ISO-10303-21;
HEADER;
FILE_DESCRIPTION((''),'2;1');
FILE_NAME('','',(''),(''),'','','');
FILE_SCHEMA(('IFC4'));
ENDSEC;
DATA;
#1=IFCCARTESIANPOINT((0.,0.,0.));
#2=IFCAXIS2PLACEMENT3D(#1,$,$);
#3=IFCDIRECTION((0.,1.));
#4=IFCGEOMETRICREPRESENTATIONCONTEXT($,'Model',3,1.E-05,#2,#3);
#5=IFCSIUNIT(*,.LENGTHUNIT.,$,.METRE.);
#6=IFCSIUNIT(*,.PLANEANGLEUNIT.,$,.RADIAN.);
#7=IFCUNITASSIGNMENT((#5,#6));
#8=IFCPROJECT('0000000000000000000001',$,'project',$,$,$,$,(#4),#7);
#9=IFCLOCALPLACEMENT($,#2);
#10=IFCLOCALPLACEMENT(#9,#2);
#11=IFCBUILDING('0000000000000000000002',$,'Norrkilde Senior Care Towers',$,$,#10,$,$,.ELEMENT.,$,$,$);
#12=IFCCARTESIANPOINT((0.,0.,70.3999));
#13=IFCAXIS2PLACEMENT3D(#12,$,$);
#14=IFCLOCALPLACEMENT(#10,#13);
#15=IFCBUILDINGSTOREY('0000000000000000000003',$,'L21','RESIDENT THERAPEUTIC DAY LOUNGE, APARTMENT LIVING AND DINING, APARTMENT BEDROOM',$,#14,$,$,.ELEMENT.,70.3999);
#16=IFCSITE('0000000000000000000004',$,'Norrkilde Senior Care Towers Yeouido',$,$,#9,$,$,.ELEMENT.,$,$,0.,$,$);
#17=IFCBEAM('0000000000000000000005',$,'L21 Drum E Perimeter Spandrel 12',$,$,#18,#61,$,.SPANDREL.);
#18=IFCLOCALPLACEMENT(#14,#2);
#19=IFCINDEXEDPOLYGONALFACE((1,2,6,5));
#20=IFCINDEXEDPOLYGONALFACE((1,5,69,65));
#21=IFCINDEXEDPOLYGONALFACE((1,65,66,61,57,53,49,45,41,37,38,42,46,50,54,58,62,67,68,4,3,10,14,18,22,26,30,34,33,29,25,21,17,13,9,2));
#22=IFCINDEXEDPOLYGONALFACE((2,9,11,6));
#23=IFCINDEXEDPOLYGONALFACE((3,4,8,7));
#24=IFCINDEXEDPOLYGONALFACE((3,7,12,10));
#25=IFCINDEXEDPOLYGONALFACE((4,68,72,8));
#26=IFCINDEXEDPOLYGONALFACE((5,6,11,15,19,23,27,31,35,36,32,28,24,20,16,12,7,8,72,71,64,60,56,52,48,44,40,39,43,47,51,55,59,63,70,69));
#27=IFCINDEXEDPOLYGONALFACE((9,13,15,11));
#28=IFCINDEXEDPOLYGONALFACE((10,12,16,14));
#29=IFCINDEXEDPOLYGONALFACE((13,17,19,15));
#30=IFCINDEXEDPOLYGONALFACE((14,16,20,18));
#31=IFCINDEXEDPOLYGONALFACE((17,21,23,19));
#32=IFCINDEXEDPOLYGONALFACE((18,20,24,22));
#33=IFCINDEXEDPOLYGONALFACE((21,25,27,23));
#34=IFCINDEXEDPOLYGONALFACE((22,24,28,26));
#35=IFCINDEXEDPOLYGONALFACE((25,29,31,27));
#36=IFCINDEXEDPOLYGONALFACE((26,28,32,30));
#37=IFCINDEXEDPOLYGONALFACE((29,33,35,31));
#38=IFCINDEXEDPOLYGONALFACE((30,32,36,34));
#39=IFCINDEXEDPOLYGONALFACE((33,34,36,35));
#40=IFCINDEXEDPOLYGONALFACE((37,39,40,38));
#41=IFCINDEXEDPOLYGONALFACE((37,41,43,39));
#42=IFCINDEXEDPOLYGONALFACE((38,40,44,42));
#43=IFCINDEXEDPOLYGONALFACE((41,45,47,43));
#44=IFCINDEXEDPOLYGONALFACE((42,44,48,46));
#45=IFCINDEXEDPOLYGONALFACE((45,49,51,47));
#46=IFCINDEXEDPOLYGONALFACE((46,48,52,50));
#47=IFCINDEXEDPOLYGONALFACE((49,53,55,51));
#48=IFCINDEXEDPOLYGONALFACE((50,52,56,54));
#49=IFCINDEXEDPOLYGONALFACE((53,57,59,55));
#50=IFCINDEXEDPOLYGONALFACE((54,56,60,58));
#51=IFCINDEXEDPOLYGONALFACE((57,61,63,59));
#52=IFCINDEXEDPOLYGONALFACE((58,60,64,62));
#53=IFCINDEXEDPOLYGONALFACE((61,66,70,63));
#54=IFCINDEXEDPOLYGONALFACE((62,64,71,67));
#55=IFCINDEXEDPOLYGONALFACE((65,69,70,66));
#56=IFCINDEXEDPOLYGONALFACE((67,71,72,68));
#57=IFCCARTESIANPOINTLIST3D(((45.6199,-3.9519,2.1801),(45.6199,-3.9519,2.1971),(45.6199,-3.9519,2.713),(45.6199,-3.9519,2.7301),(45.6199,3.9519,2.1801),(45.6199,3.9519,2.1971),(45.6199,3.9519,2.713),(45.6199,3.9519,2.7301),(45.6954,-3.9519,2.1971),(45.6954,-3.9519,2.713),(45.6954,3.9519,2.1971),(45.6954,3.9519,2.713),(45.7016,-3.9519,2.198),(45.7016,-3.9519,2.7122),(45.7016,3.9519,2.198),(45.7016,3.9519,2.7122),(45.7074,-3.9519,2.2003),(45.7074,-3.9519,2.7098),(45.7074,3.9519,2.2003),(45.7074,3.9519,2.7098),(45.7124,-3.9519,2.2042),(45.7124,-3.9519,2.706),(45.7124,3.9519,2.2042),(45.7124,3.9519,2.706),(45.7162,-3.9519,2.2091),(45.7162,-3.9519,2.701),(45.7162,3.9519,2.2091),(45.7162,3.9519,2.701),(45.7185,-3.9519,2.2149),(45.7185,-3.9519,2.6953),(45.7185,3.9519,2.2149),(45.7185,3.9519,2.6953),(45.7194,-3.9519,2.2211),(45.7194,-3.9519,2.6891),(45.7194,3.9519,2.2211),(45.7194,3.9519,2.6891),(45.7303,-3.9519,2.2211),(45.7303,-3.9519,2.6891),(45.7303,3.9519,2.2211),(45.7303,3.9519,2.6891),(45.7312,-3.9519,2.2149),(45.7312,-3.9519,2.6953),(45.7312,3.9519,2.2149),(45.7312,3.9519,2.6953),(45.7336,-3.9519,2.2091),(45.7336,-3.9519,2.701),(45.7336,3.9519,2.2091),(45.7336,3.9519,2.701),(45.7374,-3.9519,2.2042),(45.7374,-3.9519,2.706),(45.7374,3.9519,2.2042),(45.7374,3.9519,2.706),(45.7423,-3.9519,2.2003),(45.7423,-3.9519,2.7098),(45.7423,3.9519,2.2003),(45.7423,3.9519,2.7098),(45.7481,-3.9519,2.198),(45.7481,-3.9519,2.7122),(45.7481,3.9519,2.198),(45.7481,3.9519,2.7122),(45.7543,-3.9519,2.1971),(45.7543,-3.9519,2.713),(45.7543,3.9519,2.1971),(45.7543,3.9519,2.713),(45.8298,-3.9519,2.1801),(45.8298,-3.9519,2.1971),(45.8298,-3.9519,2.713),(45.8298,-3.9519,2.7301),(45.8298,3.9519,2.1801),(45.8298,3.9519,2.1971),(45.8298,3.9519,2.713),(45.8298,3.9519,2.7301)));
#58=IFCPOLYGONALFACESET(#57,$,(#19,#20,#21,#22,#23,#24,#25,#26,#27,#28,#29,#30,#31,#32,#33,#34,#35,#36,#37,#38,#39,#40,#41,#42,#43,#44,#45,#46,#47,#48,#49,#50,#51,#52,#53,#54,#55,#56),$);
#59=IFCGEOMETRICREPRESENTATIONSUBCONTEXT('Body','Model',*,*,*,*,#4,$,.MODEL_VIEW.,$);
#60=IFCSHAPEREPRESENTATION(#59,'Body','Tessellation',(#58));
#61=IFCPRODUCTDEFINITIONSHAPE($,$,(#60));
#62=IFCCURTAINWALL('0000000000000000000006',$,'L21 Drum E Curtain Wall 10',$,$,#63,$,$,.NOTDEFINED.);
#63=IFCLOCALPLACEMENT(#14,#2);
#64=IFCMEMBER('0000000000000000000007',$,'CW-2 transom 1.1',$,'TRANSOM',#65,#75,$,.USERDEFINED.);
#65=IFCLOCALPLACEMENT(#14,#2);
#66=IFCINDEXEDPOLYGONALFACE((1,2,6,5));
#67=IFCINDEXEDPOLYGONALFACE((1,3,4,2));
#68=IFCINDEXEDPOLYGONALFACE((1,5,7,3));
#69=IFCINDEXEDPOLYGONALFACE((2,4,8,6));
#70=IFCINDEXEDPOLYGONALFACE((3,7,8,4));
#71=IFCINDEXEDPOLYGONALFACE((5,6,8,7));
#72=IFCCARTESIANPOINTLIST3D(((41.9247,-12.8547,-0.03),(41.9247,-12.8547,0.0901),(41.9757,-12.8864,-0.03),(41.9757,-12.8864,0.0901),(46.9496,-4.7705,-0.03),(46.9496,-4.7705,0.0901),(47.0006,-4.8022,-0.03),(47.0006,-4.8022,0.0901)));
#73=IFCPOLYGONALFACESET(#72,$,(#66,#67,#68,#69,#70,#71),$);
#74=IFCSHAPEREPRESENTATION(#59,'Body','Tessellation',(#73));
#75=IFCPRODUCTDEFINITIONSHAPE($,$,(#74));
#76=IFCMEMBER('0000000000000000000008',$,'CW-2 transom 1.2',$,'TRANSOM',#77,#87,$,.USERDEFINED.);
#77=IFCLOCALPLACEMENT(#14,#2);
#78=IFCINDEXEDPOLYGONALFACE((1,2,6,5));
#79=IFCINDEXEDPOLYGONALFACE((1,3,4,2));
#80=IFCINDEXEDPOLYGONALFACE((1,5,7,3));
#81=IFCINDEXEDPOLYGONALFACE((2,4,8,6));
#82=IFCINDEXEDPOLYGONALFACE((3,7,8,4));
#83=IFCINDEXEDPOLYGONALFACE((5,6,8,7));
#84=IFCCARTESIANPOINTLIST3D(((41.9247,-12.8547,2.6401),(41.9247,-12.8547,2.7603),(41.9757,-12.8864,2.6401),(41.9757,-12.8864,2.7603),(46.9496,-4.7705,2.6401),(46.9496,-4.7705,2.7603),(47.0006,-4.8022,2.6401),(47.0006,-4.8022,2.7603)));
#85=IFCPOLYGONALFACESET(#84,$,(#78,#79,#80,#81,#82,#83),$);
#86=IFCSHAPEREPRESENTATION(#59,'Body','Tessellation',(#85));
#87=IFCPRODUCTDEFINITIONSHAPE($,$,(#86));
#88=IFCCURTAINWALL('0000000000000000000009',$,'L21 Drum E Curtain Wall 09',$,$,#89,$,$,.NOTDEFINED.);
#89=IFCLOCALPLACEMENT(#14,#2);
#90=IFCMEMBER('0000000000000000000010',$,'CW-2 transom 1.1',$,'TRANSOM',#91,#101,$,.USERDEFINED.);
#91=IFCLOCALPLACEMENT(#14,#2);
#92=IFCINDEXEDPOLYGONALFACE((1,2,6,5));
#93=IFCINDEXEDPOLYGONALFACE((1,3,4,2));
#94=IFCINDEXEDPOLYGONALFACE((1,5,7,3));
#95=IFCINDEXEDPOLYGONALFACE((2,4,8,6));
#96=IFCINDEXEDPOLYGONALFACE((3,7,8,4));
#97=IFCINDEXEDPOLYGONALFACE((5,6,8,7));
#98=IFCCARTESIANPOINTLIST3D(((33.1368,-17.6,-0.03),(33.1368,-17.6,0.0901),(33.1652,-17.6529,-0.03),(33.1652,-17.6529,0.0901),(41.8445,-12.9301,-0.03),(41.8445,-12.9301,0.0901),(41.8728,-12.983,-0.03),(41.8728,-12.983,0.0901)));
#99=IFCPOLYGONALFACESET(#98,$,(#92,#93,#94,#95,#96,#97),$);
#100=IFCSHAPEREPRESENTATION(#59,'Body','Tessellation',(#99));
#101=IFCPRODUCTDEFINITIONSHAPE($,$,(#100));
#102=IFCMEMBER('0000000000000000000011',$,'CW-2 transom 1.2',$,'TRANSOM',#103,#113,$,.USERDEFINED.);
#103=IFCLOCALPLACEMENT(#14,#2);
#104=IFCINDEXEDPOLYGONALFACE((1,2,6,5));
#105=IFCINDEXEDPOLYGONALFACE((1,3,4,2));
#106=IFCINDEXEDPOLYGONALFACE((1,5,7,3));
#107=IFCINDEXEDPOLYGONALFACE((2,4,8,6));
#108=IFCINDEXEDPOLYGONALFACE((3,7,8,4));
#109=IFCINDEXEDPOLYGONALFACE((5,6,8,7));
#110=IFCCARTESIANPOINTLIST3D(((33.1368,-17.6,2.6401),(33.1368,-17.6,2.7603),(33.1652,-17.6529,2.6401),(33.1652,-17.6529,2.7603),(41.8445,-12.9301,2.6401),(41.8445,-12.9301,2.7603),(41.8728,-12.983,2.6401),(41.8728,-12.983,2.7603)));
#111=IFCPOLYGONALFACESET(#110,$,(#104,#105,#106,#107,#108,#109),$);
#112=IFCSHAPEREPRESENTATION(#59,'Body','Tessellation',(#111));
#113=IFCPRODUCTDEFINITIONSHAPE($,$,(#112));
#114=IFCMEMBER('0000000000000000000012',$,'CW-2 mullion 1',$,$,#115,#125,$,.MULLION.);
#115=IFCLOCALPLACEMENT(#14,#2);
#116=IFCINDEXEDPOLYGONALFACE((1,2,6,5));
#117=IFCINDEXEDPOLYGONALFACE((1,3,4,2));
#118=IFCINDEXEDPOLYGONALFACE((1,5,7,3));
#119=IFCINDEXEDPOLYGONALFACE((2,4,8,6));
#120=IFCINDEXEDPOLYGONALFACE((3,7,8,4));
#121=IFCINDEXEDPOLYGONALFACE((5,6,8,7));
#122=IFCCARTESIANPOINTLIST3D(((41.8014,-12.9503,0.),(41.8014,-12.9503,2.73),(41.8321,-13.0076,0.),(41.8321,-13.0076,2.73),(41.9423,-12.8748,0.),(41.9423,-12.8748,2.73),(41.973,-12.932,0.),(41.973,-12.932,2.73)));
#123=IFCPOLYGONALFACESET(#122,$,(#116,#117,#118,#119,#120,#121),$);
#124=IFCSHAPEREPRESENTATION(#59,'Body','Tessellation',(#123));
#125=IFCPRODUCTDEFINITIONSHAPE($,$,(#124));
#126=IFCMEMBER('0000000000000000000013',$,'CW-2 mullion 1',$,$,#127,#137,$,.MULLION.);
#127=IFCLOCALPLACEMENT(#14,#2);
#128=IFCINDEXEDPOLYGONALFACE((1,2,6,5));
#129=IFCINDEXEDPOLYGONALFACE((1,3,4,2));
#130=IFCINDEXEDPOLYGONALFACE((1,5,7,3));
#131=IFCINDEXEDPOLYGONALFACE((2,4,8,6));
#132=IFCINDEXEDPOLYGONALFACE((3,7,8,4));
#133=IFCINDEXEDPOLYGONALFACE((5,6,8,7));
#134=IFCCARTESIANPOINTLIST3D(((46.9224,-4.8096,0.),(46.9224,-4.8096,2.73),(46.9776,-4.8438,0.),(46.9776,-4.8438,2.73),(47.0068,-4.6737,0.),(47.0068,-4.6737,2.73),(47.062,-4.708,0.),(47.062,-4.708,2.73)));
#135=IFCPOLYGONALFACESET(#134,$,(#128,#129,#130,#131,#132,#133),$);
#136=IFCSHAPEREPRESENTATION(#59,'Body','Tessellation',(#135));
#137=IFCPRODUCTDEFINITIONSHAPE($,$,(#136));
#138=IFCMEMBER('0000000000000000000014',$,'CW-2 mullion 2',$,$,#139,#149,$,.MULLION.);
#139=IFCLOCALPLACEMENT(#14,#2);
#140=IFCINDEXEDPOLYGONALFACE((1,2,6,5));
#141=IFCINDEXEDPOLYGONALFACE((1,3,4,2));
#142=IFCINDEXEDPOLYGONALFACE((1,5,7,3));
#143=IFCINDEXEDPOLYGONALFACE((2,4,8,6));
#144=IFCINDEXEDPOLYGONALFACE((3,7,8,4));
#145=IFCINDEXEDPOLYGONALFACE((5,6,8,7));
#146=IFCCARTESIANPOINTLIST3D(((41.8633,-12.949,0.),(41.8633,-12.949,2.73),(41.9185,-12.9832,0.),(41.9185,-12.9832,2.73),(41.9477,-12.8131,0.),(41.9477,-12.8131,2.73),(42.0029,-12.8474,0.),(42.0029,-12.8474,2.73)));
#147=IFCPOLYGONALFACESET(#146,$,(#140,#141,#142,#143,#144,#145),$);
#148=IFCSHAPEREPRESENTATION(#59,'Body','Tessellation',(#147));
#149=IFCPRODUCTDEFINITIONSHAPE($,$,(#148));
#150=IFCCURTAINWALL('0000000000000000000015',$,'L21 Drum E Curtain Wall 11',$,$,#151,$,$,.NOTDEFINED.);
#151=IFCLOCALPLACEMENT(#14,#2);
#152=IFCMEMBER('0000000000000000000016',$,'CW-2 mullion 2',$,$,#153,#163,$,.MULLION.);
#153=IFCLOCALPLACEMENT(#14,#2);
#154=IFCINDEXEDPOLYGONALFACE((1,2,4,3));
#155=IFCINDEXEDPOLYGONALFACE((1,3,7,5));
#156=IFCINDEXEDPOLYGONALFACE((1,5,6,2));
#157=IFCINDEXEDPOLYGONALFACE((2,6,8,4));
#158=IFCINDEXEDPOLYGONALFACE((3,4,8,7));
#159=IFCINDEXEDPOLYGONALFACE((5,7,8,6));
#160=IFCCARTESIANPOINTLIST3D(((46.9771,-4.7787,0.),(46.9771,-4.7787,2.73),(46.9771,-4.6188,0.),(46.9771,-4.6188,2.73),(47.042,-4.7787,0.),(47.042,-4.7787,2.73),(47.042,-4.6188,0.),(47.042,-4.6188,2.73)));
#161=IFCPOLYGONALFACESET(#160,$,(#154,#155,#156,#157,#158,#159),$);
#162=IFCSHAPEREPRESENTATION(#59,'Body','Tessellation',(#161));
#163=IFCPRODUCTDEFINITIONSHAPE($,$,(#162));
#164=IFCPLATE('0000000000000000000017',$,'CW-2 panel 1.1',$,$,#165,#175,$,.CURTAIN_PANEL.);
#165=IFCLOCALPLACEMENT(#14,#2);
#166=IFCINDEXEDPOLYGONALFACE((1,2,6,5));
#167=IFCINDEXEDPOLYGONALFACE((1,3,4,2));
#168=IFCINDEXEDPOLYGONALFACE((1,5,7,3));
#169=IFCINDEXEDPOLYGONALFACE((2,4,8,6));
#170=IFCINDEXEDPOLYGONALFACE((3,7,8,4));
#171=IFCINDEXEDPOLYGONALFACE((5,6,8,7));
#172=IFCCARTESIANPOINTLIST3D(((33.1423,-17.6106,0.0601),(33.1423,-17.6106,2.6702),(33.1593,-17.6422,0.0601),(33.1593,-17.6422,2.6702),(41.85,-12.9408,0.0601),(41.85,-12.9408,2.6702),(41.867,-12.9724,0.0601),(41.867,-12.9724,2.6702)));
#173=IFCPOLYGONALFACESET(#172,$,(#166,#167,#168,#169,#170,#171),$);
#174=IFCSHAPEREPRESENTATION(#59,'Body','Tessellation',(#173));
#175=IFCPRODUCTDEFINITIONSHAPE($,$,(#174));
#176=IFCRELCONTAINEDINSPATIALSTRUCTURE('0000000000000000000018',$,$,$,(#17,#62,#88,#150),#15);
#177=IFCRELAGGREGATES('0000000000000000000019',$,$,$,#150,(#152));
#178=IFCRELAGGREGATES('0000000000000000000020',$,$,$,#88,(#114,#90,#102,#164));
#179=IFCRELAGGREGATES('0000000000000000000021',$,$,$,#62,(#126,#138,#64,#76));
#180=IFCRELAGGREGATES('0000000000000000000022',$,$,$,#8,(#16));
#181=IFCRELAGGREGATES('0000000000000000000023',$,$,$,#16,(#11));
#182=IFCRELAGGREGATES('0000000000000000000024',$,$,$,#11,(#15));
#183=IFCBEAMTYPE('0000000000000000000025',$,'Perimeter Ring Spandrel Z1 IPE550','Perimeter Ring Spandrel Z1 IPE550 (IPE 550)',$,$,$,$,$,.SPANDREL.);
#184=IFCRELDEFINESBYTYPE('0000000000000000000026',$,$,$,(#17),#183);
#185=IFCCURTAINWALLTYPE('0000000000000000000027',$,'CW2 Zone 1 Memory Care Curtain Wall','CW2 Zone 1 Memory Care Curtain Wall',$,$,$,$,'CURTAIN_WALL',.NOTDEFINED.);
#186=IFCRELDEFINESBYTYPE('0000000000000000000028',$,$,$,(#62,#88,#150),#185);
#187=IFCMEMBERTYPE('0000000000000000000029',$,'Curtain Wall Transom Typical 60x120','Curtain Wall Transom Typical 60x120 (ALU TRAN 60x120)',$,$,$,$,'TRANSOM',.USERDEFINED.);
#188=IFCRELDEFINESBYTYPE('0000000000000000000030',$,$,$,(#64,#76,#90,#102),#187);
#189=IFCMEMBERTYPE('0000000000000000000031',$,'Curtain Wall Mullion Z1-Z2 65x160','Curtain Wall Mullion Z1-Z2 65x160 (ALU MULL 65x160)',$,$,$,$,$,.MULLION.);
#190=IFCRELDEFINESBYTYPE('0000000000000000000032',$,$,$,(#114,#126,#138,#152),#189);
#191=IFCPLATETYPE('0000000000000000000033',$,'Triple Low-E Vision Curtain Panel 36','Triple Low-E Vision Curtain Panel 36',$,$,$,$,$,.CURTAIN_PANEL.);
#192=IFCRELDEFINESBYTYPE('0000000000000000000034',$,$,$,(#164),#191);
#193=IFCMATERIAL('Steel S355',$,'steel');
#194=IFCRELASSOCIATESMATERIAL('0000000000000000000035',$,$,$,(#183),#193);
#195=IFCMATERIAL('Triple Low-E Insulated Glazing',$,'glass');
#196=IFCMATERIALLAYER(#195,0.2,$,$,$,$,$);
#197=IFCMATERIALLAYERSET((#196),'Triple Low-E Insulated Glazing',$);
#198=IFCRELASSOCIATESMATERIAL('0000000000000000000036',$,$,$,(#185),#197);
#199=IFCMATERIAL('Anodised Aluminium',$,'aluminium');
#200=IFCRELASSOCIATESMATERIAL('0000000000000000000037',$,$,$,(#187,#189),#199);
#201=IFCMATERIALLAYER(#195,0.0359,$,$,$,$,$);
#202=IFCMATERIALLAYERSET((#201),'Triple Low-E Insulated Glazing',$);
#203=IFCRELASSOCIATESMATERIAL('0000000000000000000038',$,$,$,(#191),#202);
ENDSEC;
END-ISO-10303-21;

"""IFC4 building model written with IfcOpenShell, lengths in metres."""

from ifc_helpers import new_model, si_unit, direction, frame, origin, origin_2d, place, context, subcontext, project, spatial, rectangle, i_section, extrude, source, transform, mapped, material, layer, layer_set, material_profile, profile_set, type_object, type_shapes, element, aggregate, save


model = new_model("IFC4")

# Units and contexts
model_context = context("Model", 3, precision=1e-05, world=origin(), true_north=direction((0.0, 1.0)))
body_context = subcontext(model_context, "Body", "Model", "MODEL_VIEW")
ifc_project = project(units=[si_unit("LENGTHUNIT", "METRE"), si_unit("PLANEANGLEUNIT", "RADIAN")], contexts=[model_context])

# Site, building, storey
site_placement = place(None, origin())
site = spatial("IfcSite", under=ifc_project, at=site_placement, Name="Norrkilde Senior Care Towers Yeouido", CompositionType="ELEMENT", RefElevation=0.0)
building_placement = place(site_placement, origin())
building = spatial("IfcBuilding", under=site, at=building_placement, Name="Norrkilde Senior Care Towers", CompositionType="ELEMENT")
storey_placement = place(building_placement, frame((0.0, 0.0, 70.3999)))
storey = spatial("IfcBuildingStorey", under=building, at=storey_placement, Name="L21", Description="RESIDENT THERAPEUTIC DAY LOUNGE, APARTMENT LIVING AND DINING, APARTMENT BEDROOM", CompositionType="ELEMENT", Elevation=70.3999)

# Beam
ifc_material_1 = material(Name="Steel S355", Category="steel")
ifc_material_profile_1 = material_profile(ifc_material_1, i_section(OverallWidth=0.21, OverallDepth=0.55, WebThickness=0.011, FlangeThickness=0.0171, FilletRadius=0.0239, at=origin_2d()), Name="IPE 550")
ifc_profile_set_1 = profile_set([ifc_material_profile_1], Name="Steel S355")
beam_type_1 = type_object("IfcBeamType", Name="Perimeter Ring Spandrel Z1 IPE550", Description="Perimeter Ring Spandrel Z1 IPE550 (IPE 550)", PredefinedType="SPANDREL", material=ifc_profile_set_1)
shared_shape_1 = source(origin(), body_context, "Body", "SweptSolid", [
    extrude(i_section(OverallWidth=0.21, OverallDepth=0.55, WebThickness=0.011, FlangeThickness=0.0171, FilletRadius=0.0239, at=origin_2d()), origin(), (0.0, 0.0, 1.0), 7.9038),
])
beam_1_placement = place(storey_placement, frame((45.7249, -3.9519, 2.4551), z_axis=(0.0, 1.0, 0.0), x_axis=(-1.0, 0.0, 0.0)))
element("IfcBeam", 1, at=beam_1_placement, inside=storey, type_object=beam_type_1, Name="L21 Drum E Perimeter Spandrel 12", PredefinedType="SPANDREL", context=body_context, shape_type="MappedRepresentation", body=[
    mapped(shared_shape_1, transform((0.0, 0.0, 0.0), x_axis=(1.0, 0.0, 0.0), y_axis=(0.0, 1.0, 0.0), z_axis=(0.0, 0.0, 1.0), scale=1.0)),
])

# Curtain walls, members
ifc_material_2 = material(Name="Triple Low-E Insulated Glazing", Category="glass")
ifc_layer_1 = layer(ifc_material_2, 0.2)
ifc_layer_set_1 = layer_set([ifc_layer_1], Name="Triple Low-E Insulated Glazing")
curtain_wall_type = type_object("IfcCurtainWallType", Name="CW2 Zone 1 Memory Care Curtain Wall", Description="CW2 Zone 1 Memory Care Curtain Wall", ElementType="CURTAIN_WALL", PredefinedType="NOTDEFINED", material=ifc_layer_set_1)
curtain_wall_1_placement = place(storey_placement, origin())
curtain_wall_1 = element("IfcCurtainWall", 2, at=curtain_wall_1_placement, inside=storey, type_object=curtain_wall_type, Name="L21 Drum E Curtain Wall 10", PredefinedType="NOTDEFINED")
ifc_material_3 = material(Name="Anodised Aluminium", Category="aluminium")
ifc_material_profile_2 = material_profile(ifc_material_3, rectangle(XDim=0.0601, YDim=0.1201, at=origin_2d()), Name="ALU TRAN 60x120")
ifc_profile_set_2 = profile_set([ifc_material_profile_2], Name="Anodised Aluminium")
member_type_1 = type_object("IfcMemberType", Name="Curtain Wall Transom Typical 60x120", Description="Curtain Wall Transom Typical 60x120 (ALU TRAN 60x120)", ElementType="TRANSOM", PredefinedType="USERDEFINED", material=ifc_profile_set_2)
shared_shape_2 = source(origin(), body_context, "Body", "SweptSolid", [
    extrude(rectangle(XDim=0.0601, YDim=0.1201, at=origin_2d()), origin(), (0.0, 0.0, 1.0), 9.5186),
])
member_1_placement = place(storey_placement, frame((46.9751, -4.7864, 0.03), z_axis=(-0.527902, -0.849306, 0.0), x_axis=(0.849306, -0.527902, 0.0)))
member_1 = element("IfcMember", 3, at=member_1_placement, type_object=member_type_1, Name="CW-2 transom 1.1", ObjectType="TRANSOM", PredefinedType="USERDEFINED", context=body_context, shape_type="MappedRepresentation", body=[
    mapped(shared_shape_2, transform((0.0, 0.0, 0.0), x_axis=(1.0, 0.0, 0.0), y_axis=(0.0, 1.0, 0.0), z_axis=(0.0, 0.0, 1.0), scale=1.0)),
])
member_2_placement = place(storey_placement, frame((46.9751, -4.7864, 2.7002), z_axis=(-0.527902, -0.849306, 0.0), x_axis=(0.849306, -0.527902, 0.0)))
member_2 = element("IfcMember", 4, at=member_2_placement, type_object=member_type_1, Name="CW-2 transom 1.2", ObjectType="TRANSOM", PredefinedType="USERDEFINED", context=body_context, shape_type="MappedRepresentation", body=[
    mapped(shared_shape_2, transform((0.0, 0.0, 0.0), x_axis=(1.0, 0.0, 0.0), y_axis=(0.0, 1.0, 0.0), z_axis=(0.0, 0.0, 1.0), scale=1.0)),
])
curtain_wall_2_placement = place(storey_placement, origin())
curtain_wall_2 = element("IfcCurtainWall", 5, at=curtain_wall_2_placement, inside=storey, type_object=curtain_wall_type, Name="L21 Drum E Curtain Wall 09", PredefinedType="NOTDEFINED")
shared_shape_3 = source(origin(), body_context, "Body", "SweptSolid", [
    extrude(rectangle(XDim=0.0601, YDim=0.1201, at=origin_2d()), origin(), (0.0, 0.0, 1.0), 9.8809),
])
type_shapes(member_type_1, [shared_shape_2, shared_shape_3])
member_3_placement = place(storey_placement, frame((41.8586, -12.9565, 0.03), z_axis=(-0.881267, -0.472618, 0.0), x_axis=(0.472618, -0.881267, 0.0)))
member_3 = element("IfcMember", 6, at=member_3_placement, type_object=member_type_1, Name="CW-2 transom 1.1", ObjectType="TRANSOM", PredefinedType="USERDEFINED", context=body_context, shape_type="MappedRepresentation", body=[
    mapped(shared_shape_3, transform((0.0, 0.0, 0.0), x_axis=(1.0, 0.0, 0.0), y_axis=(0.0, 1.0, 0.0), z_axis=(0.0, 0.0, 1.0), scale=1.0)),
])
member_4_placement = place(storey_placement, frame((41.8586, -12.9565, 2.7002), z_axis=(-0.881267, -0.472618, 0.0), x_axis=(0.472618, -0.881267, 0.0)))
member_4 = element("IfcMember", 7, at=member_4_placement, type_object=member_type_1, Name="CW-2 transom 1.2", ObjectType="TRANSOM", PredefinedType="USERDEFINED", context=body_context, shape_type="MappedRepresentation", body=[
    mapped(shared_shape_3, transform((0.0, 0.0, 0.0), x_axis=(1.0, 0.0, 0.0), y_axis=(0.0, 1.0, 0.0), z_axis=(0.0, 0.0, 1.0), scale=1.0)),
])
ifc_material_profile_3 = material_profile(ifc_material_3, rectangle(XDim=0.0649, YDim=0.1599, at=origin_2d()), Name="ALU MULL 65x160")
ifc_profile_set_3 = profile_set([ifc_material_profile_3], Name="Anodised Aluminium")
member_type_2 = type_object("IfcMemberType", Name="Curtain Wall Mullion Z1-Z2 65x160", Description="Curtain Wall Mullion Z1-Z2 65x160 (ALU MULL 65x160)", PredefinedType="MULLION", material=ifc_profile_set_3)
shared_shape_4 = source(origin(), body_context, "Body", "SweptSolid", [
    extrude(rectangle(XDim=0.0649, YDim=0.1599, at=origin_2d()), origin(), (0.0, 0.0, 1.0), 2.73),
])
type_shapes(member_type_2, [shared_shape_4])
member_5_placement = place(storey_placement, frame((41.8872, -12.9412, 0.0), z_axis=(0.0, 0.0, 1.0), x_axis=(0.472608, -0.881273, 0.0)))
member_5 = element("IfcMember", 8, at=member_5_placement, type_object=member_type_2, Name="CW-2 mullion 1", PredefinedType="MULLION", context=body_context, shape_type="MappedRepresentation", body=[
    mapped(shared_shape_4, transform((0.0, 0.0, 0.0), x_axis=(1.0, 0.0, 0.0), y_axis=(0.0, 1.0, 0.0), z_axis=(0.0, 0.0, 1.0), scale=1.0)),
])

# Members
member_6_placement = place(storey_placement, frame((46.9922, -4.7588, 0.0), z_axis=(0.0, 0.0, 1.0), x_axis=(0.849306, -0.527901, 0.0)))
member_6 = element("IfcMember", 9, at=member_6_placement, type_object=member_type_2, Name="CW-2 mullion 1", PredefinedType="MULLION", context=body_context, shape_type="MappedRepresentation", body=[
    mapped(shared_shape_4, transform((0.0, 0.0, 0.0), x_axis=(1.0, 0.0, 0.0), y_axis=(0.0, 1.0, 0.0), z_axis=(0.0, 0.0, 1.0), scale=1.0)),
])
member_7_placement = place(storey_placement, frame((41.9331, -12.8982, 0.0), z_axis=(0.0, 0.0, 1.0), x_axis=(0.849306, -0.527901, 0.0)))
member_7 = element("IfcMember", 10, at=member_7_placement, type_object=member_type_2, Name="CW-2 mullion 2", PredefinedType="MULLION", context=body_context, shape_type="MappedRepresentation", body=[
    mapped(shared_shape_4, transform((0.0, 0.0, 0.0), x_axis=(1.0, 0.0, 0.0), y_axis=(0.0, 1.0, 0.0), z_axis=(0.0, 0.0, 1.0), scale=1.0)),
])

# Curtain wall, member
curtain_wall_3_placement = place(storey_placement, origin())
curtain_wall_3 = element("IfcCurtainWall", 11, at=curtain_wall_3_placement, inside=storey, type_object=curtain_wall_type, Name="L21 Drum E Curtain Wall 11", PredefinedType="NOTDEFINED")
member_8_placement = place(storey_placement, frame((47.0095, -4.6987, 0.0), z_axis=(0.0, 0.0, 1.0), x_axis=(1.0, 0.0, 0.0)))
member_8 = element("IfcMember", 12, at=member_8_placement, type_object=member_type_2, Name="CW-2 mullion 2", PredefinedType="MULLION", context=body_context, shape_type="MappedRepresentation", body=[
    mapped(shared_shape_4, transform((0.0, 0.0, 0.0), x_axis=(1.0, 0.0, 0.0), y_axis=(0.0, 1.0, 0.0), z_axis=(0.0, 0.0, 1.0), scale=1.0)),
])
aggregate(curtain_wall_3, [member_8])

# Plate
ifc_layer_2 = layer(ifc_material_2, 0.0359)
ifc_layer_set_2 = layer_set([ifc_layer_2], Name="Triple Low-E Insulated Glazing")
plate_type = type_object("IfcPlateType", Name="Triple Low-E Vision Curtain Panel 36", Description="Triple Low-E Vision Curtain Panel 36", PredefinedType="CURTAIN_PANEL", material=ifc_layer_set_2)
shared_shape_5 = source(origin(), body_context, "Body", "SweptSolid", [
    extrude(rectangle(XDim=9.8809, YDim=0.0359, at=origin_2d()), origin(), (0.0, 0.0, 1.0), 2.6101),
])
plate_1_placement = place(storey_placement, frame((37.5046, -15.2915, 0.0601), z_axis=(0.0, 0.0, 1.0), x_axis=(-0.881273, -0.472608, 0.0)))
plate_1 = element("IfcPlate", 13, at=plate_1_placement, type_object=plate_type, Name="CW-2 panel 1.1", PredefinedType="CURTAIN_PANEL", context=body_context, shape_type="MappedRepresentation", body=[
    mapped(shared_shape_5, transform((0.0, 0.0, 0.0), x_axis=(1.0, 0.0, 0.0), y_axis=(0.0, 1.0, 0.0), z_axis=(0.0, 0.0, 1.0), scale=1.0)),
])
aggregate(curtain_wall_2, [member_5, member_3, member_4, plate_1])
aggregate(curtain_wall_1, [member_6, member_7, member_1, member_2])

save(model, "model.ifc")
